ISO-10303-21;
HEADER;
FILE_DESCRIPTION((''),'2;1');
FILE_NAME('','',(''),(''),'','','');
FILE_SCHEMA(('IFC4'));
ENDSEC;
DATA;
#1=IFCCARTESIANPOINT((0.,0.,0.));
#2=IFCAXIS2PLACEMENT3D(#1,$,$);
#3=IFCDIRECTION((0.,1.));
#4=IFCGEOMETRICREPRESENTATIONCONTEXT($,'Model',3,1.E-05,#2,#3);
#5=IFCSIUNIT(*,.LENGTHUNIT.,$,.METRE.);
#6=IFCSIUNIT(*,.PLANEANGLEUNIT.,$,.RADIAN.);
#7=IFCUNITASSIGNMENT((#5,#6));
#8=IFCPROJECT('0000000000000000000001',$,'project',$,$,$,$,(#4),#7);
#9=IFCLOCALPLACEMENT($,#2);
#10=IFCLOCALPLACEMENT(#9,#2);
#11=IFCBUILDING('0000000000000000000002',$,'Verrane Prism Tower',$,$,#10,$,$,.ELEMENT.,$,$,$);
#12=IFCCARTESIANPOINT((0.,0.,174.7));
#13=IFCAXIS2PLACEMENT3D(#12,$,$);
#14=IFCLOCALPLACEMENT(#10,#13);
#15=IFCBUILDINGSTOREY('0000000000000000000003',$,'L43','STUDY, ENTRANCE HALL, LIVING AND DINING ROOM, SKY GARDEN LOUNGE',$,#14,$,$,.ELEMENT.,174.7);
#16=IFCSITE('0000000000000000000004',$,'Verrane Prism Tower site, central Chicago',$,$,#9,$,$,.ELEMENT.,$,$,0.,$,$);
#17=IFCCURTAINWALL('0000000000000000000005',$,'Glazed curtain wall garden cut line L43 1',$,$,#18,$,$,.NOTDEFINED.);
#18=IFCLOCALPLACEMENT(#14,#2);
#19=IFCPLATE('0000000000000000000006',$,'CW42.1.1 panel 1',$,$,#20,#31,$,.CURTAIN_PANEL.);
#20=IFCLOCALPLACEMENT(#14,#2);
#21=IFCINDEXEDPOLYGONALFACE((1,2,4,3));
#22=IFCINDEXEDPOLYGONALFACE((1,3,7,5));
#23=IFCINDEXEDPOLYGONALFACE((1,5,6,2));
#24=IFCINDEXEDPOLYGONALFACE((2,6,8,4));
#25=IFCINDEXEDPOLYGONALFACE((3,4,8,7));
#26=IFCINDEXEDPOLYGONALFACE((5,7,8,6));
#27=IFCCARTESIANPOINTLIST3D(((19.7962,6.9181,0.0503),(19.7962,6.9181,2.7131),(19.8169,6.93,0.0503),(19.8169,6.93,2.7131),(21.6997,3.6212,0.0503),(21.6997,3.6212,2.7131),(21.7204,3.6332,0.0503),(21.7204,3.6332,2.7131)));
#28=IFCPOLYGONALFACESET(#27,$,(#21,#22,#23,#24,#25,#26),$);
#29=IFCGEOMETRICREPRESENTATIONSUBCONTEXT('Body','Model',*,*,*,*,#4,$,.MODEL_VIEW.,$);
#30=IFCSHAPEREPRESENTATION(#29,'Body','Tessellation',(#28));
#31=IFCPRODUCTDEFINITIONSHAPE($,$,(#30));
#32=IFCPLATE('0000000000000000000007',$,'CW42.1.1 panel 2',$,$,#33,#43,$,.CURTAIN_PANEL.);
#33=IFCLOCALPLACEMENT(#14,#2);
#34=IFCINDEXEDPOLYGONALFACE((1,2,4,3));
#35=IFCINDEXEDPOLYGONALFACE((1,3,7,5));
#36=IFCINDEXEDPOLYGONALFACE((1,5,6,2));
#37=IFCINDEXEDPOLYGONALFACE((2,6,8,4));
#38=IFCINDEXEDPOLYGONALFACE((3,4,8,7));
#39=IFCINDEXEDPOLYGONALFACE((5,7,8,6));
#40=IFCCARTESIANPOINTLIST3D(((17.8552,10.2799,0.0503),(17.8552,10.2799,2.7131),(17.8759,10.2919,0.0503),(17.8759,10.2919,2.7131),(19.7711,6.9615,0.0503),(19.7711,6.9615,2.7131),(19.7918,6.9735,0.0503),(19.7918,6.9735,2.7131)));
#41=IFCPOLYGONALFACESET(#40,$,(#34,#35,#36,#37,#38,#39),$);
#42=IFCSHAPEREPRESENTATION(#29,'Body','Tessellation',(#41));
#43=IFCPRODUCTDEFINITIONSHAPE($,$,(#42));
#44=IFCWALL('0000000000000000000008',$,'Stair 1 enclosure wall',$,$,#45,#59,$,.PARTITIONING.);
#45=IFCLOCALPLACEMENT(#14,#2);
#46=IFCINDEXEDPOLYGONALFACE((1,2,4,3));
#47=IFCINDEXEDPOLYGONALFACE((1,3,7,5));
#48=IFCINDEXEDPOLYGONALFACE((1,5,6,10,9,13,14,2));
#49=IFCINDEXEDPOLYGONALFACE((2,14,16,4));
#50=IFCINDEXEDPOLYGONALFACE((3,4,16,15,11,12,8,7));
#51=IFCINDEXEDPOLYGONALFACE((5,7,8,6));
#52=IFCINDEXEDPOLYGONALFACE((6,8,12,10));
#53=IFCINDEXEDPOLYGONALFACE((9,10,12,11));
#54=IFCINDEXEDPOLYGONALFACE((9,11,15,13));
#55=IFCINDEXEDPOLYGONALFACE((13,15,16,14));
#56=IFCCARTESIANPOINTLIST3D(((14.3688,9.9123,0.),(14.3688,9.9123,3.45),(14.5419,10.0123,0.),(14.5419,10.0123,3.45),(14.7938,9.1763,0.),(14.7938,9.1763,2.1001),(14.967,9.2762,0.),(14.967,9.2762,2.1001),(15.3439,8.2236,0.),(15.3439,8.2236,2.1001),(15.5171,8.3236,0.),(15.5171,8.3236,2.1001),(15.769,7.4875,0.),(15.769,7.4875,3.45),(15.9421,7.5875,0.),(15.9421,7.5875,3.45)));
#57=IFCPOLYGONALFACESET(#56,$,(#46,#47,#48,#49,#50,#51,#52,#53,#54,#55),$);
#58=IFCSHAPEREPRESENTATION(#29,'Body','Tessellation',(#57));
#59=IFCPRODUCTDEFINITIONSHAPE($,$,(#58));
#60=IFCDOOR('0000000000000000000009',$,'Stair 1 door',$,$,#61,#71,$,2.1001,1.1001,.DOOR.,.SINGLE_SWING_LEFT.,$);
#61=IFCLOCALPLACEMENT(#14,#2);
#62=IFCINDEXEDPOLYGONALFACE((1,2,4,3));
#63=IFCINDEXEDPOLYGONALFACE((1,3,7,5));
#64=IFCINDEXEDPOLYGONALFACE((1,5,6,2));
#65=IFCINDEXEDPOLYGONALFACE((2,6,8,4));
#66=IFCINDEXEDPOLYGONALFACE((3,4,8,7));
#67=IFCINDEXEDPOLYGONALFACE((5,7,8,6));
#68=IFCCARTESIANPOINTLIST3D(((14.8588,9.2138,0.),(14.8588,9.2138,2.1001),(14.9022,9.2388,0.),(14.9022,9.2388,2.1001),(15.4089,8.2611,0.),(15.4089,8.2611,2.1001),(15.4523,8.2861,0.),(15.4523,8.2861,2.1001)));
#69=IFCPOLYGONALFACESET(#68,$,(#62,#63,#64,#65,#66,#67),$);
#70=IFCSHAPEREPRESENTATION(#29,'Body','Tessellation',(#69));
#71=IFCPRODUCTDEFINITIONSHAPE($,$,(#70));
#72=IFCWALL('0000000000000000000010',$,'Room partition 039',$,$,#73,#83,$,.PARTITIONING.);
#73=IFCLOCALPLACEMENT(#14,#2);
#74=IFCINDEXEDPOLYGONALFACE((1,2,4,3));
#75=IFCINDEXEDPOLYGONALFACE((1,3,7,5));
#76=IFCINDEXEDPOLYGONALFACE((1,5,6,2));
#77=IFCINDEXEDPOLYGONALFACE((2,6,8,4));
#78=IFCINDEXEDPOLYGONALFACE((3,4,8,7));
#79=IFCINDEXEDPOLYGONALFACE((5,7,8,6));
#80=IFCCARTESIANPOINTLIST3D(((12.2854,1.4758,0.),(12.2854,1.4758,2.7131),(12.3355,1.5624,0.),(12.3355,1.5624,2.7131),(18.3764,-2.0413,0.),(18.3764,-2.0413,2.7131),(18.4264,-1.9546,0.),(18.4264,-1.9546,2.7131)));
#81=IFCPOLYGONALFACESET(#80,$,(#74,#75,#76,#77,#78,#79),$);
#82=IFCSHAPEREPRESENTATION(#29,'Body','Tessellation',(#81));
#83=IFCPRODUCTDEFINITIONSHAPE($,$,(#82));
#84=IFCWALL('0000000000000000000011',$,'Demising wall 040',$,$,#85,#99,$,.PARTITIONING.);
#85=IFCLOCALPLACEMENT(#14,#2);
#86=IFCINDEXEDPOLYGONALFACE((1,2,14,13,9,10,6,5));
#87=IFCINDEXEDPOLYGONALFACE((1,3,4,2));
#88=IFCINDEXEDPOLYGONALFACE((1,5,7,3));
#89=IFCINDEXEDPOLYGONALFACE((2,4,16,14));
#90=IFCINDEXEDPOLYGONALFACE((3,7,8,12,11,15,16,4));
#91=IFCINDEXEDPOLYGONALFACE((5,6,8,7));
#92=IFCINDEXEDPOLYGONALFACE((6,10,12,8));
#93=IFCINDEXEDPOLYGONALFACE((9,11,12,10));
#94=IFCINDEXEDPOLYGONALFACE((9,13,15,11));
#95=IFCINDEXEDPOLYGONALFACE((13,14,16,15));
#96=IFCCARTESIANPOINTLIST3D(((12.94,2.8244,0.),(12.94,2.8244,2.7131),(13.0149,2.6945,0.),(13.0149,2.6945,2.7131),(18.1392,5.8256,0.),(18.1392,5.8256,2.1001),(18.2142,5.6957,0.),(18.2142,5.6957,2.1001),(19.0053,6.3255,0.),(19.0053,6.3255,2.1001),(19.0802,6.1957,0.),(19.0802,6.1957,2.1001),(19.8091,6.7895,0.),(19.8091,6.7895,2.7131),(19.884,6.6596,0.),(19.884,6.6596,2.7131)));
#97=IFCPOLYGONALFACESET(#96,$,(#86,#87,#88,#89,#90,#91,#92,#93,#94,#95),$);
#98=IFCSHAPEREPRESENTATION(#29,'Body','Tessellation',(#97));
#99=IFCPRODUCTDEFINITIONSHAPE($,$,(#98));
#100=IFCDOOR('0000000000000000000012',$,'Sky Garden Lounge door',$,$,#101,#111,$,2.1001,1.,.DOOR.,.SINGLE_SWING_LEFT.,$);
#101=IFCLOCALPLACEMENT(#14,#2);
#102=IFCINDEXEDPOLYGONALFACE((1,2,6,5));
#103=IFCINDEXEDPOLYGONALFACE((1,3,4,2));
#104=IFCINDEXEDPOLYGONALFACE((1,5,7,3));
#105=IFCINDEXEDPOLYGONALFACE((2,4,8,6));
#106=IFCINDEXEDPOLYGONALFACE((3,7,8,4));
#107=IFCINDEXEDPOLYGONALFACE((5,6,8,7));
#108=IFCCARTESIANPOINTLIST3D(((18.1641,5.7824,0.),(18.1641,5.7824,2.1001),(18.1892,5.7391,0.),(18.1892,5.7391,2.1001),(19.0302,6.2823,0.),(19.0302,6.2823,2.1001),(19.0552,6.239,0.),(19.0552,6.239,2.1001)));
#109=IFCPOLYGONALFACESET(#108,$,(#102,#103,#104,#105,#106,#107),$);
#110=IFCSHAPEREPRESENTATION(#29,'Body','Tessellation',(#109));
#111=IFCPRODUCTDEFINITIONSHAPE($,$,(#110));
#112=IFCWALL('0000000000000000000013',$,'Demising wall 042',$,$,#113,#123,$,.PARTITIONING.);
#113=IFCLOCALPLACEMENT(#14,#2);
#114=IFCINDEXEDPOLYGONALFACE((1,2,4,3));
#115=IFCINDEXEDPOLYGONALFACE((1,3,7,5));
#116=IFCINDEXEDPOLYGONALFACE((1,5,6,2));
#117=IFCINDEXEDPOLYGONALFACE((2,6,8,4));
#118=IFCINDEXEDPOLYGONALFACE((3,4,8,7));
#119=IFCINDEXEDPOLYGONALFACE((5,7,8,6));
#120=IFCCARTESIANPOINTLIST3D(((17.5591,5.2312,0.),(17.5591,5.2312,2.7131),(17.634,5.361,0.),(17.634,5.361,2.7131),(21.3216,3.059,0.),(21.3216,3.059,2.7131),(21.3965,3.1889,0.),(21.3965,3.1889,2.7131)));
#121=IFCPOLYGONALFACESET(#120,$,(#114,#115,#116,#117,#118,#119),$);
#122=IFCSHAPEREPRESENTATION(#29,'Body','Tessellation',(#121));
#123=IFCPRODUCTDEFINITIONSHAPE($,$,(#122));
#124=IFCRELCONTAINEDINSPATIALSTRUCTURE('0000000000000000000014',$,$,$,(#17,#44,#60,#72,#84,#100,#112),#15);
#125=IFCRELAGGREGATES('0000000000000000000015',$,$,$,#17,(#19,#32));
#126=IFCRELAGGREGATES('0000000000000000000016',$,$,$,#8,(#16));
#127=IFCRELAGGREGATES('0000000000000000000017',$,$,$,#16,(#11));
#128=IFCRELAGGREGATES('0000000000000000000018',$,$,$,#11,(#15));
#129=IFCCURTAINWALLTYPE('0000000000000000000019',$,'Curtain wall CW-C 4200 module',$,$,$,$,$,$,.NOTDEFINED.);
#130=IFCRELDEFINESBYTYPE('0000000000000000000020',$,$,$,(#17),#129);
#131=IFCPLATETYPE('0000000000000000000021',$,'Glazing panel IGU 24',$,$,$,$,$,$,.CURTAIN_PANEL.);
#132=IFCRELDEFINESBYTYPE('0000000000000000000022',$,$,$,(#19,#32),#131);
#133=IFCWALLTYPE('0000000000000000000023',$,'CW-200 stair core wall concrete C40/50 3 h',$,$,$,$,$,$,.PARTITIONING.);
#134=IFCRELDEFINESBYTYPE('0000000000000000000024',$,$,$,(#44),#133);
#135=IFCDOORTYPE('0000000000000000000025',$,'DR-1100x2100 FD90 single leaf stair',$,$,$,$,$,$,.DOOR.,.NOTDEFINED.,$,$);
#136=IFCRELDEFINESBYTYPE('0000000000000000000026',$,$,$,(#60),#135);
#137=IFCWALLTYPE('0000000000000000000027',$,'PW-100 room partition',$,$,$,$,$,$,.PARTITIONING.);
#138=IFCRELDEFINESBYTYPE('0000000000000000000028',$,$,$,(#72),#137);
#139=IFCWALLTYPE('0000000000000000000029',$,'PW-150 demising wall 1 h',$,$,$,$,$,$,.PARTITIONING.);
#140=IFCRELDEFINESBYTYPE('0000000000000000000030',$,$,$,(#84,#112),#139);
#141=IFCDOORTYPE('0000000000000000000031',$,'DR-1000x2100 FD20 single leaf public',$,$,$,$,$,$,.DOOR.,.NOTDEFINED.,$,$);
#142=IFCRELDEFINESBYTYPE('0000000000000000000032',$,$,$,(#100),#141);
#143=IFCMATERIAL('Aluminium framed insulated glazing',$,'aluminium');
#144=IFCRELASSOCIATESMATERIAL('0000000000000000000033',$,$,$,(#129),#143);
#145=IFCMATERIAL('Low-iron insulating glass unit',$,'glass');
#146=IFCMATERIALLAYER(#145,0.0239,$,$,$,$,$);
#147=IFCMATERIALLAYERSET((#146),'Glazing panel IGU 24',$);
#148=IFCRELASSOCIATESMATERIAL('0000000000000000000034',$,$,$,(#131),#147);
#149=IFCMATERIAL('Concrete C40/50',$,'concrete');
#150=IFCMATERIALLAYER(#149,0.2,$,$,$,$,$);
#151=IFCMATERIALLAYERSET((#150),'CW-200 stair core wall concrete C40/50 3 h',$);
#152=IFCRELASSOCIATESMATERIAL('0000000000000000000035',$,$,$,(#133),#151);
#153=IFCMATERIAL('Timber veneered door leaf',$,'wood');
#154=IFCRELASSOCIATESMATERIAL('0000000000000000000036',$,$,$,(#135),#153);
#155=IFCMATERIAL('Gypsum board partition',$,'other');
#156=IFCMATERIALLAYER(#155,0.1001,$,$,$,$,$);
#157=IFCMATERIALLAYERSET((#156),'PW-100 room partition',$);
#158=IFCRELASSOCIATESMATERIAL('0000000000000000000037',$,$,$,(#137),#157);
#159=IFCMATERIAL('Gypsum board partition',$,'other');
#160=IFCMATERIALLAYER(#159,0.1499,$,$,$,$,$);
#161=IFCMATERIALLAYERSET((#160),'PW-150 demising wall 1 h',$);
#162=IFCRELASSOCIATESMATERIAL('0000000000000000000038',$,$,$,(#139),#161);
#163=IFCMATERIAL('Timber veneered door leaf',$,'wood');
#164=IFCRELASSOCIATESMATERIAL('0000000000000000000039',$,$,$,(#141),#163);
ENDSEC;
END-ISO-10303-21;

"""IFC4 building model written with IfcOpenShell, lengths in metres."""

from ifc_helpers import new_model, si_unit, direction, frame, frame_2d, origin, origin_2d, place, context, subcontext, project, spatial, rectangle, extrude, material, layer, layer_set, type_object, element, fill, aggregate, save


model = new_model("IFC4")

# Units and contexts
model_context = context("Model", 3, precision=1e-05, world=origin(), true_north=direction((0.0, 1.0)))
body_context = subcontext(model_context, "Body", "Model", "MODEL_VIEW")
ifc_project = project(units=[si_unit("LENGTHUNIT", "METRE"), si_unit("PLANEANGLEUNIT", "RADIAN")], contexts=[model_context])

# Site, building, storey
site_placement = place(None, origin())
site = spatial("IfcSite", under=ifc_project, at=site_placement, Name="Verrane Prism Tower site, central Chicago", CompositionType="ELEMENT", RefElevation=0.0)
building_placement = place(site_placement, origin())
building = spatial("IfcBuilding", under=site, at=building_placement, Name="Verrane Prism Tower", CompositionType="ELEMENT")
storey_placement = place(building_placement, frame((0.0, 0.0, 174.7)))
storey = spatial("IfcBuildingStorey", under=building, at=storey_placement, Name="L43", Description="STUDY, ENTRANCE HALL, LIVING AND DINING ROOM, SKY GARDEN LOUNGE", CompositionType="ELEMENT", Elevation=174.7)

# Curtain wall
ifc_material_1 = material(Name="Aluminium framed insulated glazing", Category="aluminium")
curtain_wall_type = type_object("IfcCurtainWallType", Name="Curtain wall CW-C 4200 module", PredefinedType="NOTDEFINED", material=ifc_material_1)
curtain_wall_placement = place(storey_placement, origin())
curtain_wall = element("IfcCurtainWall", 1, at=curtain_wall_placement, inside=storey, type_object=curtain_wall_type, Name="Glazed curtain wall garden cut line L43 1", PredefinedType="NOTDEFINED")

# Plates
ifc_material_2 = material(Name="Low-iron insulating glass unit", Category="glass")
ifc_layer_1 = layer(ifc_material_2, 0.0239)
ifc_layer_set_1 = layer_set([ifc_layer_1], Name="Glazing panel IGU 24")
plate_type = type_object("IfcPlateType", Name="Glazing panel IGU 24", PredefinedType="CURTAIN_PANEL", material=ifc_layer_set_1)
plate_1_placement = place(storey_placement, frame((20.7583, 5.2756, 0.0503), z_axis=(0.0, 0.0, 1.0), x_axis=(-0.499999, 0.866026, 0.0)))
plate_1 = element("IfcPlate", 2, at=plate_1_placement, type_object=plate_type, Name="CW42.1.1 panel 1", PredefinedType="CURTAIN_PANEL", context=body_context, shape_type="SweptSolid", body=[
    extrude(rectangle(XDim=3.8069, YDim=0.0239, at=origin_2d()), origin(), (0.0, 0.0, 1.0), 2.6628),
])
plate_2_placement = place(storey_placement, frame((18.8235, 8.6267, 0.0503), z_axis=(0.0, 0.0, 1.0), x_axis=(-0.499999, 0.866026, 0.0)))
plate_2 = element("IfcPlate", 3, at=plate_2_placement, type_object=plate_type, Name="CW42.1.1 panel 2", PredefinedType="CURTAIN_PANEL", context=body_context, shape_type="SweptSolid", body=[
    extrude(rectangle(XDim=3.8318, YDim=0.0239, at=origin_2d()), origin(), (0.0, 0.0, 1.0), 2.6628),
])
aggregate(curtain_wall, [plate_1, plate_2])

# Wall, opening, door
ifc_material_3 = material(Name="Concrete C40/50", Category="concrete")
ifc_layer_2 = layer(ifc_material_3, 0.2)
ifc_layer_set_2 = layer_set([ifc_layer_2], Name="CW-200 stair core wall concrete C40/50 3 h")
wall_type_1 = type_object("IfcWallType", Name="CW-200 stair core wall concrete C40/50 3 h", PredefinedType="PARTITIONING", material=ifc_layer_set_2)
wall_1_placement = place(storey_placement, frame((15.8555, 7.5376, 0.0), z_axis=(0.0, 0.0, 1.0), x_axis=(-0.50005, 0.865997, 0.0)))
wall_1 = element("IfcWall", 4, at=wall_1_placement, inside=storey, type_object=wall_type_1, Name="Stair 1 enclosure wall", PredefinedType="PARTITIONING", context=body_context, shape_type="SweptSolid", body=[
    extrude(rectangle(XDim=2.8, YDim=0.2, at=frame_2d((1.3999, 0.0))), origin(), (0.0, 0.0, 1.0), 3.45),
])
opening_1_placement = place(wall_1_placement, frame((0.8499, 0.0, 0.0)))
opening_1 = element("IfcOpeningElement", 5, at=opening_1_placement, cuts=wall_1, PredefinedType="OPENING", context=body_context, shape_type="SweptSolid", body=[
    extrude(rectangle(XDim=1.1001, YDim=2.1001, at=frame_2d((0.55, 1.05))), frame((0.0, 0.1099, 0.0), z_axis=(0.0, -1.0, 0.0), x_axis=(1.0, 0.0, 0.0)), (0.0, 0.0, 1.0), 0.22),
])
ifc_material_4 = material(Name="Timber veneered door leaf", Category="wood")
door_type_1 = type_object("IfcDoorType", Name="DR-1100x2100 FD90 single leaf stair", OperationType="NOTDEFINED", PredefinedType="DOOR", material=ifc_material_4)
door_1_placement = place(opening_1_placement, origin())
door_1 = element("IfcDoor", 6, at=door_1_placement, inside=storey, type_object=door_type_1, Name="Stair 1 door", OperationType="SINGLE_SWING_LEFT", OverallHeight=2.1001, OverallWidth=1.1001, PredefinedType="DOOR", context=body_context, shape_type="SweptSolid", body=[
    extrude(rectangle(XDim=1.1001, YDim=2.1001, at=frame_2d((0.55, 1.05))), frame((0.0, 0.0249, 0.0), z_axis=(0.0, -1.0, 0.0), x_axis=(1.0, 0.0, 0.0)), (0.0, 0.0, 1.0), 0.05),
])
fill(opening_1, door_1)

# Wall
ifc_material_5 = material(Name="Gypsum board partition", Category="other")
ifc_layer_3 = layer(ifc_material_5, 0.1001)
ifc_layer_set_3 = layer_set([ifc_layer_3], Name="PW-100 room partition")
wall_type_2 = type_object("IfcWallType", Name="PW-100 room partition", PredefinedType="PARTITIONING", material=ifc_layer_set_3)
wall_2_placement = place(storey_placement, frame((12.3105, 1.519, 0.0), z_axis=(0.0, 0.0, 1.0), x_axis=(0.866, -0.500044, 0.0)))
element("IfcWall", 7, at=wall_2_placement, inside=storey, type_object=wall_type_2, Name="Room partition 039", PredefinedType="PARTITIONING", context=body_context, shape_type="SweptSolid", body=[
    extrude(rectangle(XDim=7.0334, YDim=0.1001, at=frame_2d((3.5166, 0.0))), origin(), (0.0, 0.0, 1.0), 2.7131),
])

# Wall, opening, door
ifc_material_6 = material(Name="Gypsum board partition", Category="other")
ifc_layer_4 = layer(ifc_material_6, 0.1499)
ifc_layer_set_4 = layer_set([ifc_layer_4], Name="PW-150 demising wall 1 h")
wall_type_3 = type_object("IfcWallType", Name="PW-150 demising wall 1 h", PredefinedType="PARTITIONING", material=ifc_layer_set_4)
wall_3_placement = place(storey_placement, frame((19.8467, 6.7246, 0.0), z_axis=(0.0, 0.0, 1.0), x_axis=(-0.86607, -0.499923, 0.0)))
wall_3 = element("IfcWall", 8, at=wall_3_placement, inside=storey, type_object=wall_type_3, Name="Demising wall 040", PredefinedType="PARTITIONING", context=body_context, shape_type="SweptSolid", body=[
    extrude(rectangle(XDim=7.9314, YDim=0.1499, at=frame_2d((3.9658, 0.0))), origin(), (0.0, 0.0, 1.0), 2.7131),
])
opening_2_placement = place(wall_3_placement, frame((0.9282, 0.0, 0.0)))
opening_2 = element("IfcOpeningElement", 9, at=opening_2_placement, cuts=wall_3, PredefinedType="OPENING", context=body_context, shape_type="SweptSolid", body=[
    extrude(rectangle(XDim=1.0, YDim=2.1001, at=frame_2d((0.5, 1.05))), frame((0.0, 0.085, 0.0), z_axis=(0.0, -1.0, 0.0), x_axis=(1.0, 0.0, 0.0)), (0.0, 0.0, 1.0), 0.1699),
])
ifc_material_7 = material(Name="Timber veneered door leaf", Category="wood")
door_type_2 = type_object("IfcDoorType", Name="DR-1000x2100 FD20 single leaf public", OperationType="NOTDEFINED", PredefinedType="DOOR", material=ifc_material_7)
door_2_placement = place(opening_2_placement, origin())
door_2 = element("IfcDoor", 10, at=door_2_placement, inside=storey, type_object=door_type_2, Name="Sky Garden Lounge door", OperationType="SINGLE_SWING_LEFT", OverallHeight=2.1001, OverallWidth=1.0, PredefinedType="DOOR", context=body_context, shape_type="SweptSolid", body=[
    extrude(rectangle(XDim=1.0, YDim=2.1001, at=frame_2d((0.5, 1.05))), frame((0.0, 0.0249, 0.0), z_axis=(0.0, -1.0, 0.0), x_axis=(1.0, 0.0, 0.0)), (0.0, 0.0, 1.0), 0.05),
])
fill(opening_2, door_2)

# Wall
wall_4_placement = place(storey_placement, frame((17.5964, 5.2961, 0.0), z_axis=(0.0, 0.0, 1.0), x_axis=(0.866039, -0.499977, 0.0)))
element("IfcWall", 11, at=wall_4_placement, inside=storey, type_object=wall_type_3, Name="Demising wall 042", PredefinedType="PARTITIONING", context=body_context, shape_type="SweptSolid", body=[
    extrude(rectangle(XDim=4.3445, YDim=0.1499, at=frame_2d((2.1724, 0.0))), origin(), (0.0, 0.0, 1.0), 2.7131),
])

save(model, "model.ifc")
